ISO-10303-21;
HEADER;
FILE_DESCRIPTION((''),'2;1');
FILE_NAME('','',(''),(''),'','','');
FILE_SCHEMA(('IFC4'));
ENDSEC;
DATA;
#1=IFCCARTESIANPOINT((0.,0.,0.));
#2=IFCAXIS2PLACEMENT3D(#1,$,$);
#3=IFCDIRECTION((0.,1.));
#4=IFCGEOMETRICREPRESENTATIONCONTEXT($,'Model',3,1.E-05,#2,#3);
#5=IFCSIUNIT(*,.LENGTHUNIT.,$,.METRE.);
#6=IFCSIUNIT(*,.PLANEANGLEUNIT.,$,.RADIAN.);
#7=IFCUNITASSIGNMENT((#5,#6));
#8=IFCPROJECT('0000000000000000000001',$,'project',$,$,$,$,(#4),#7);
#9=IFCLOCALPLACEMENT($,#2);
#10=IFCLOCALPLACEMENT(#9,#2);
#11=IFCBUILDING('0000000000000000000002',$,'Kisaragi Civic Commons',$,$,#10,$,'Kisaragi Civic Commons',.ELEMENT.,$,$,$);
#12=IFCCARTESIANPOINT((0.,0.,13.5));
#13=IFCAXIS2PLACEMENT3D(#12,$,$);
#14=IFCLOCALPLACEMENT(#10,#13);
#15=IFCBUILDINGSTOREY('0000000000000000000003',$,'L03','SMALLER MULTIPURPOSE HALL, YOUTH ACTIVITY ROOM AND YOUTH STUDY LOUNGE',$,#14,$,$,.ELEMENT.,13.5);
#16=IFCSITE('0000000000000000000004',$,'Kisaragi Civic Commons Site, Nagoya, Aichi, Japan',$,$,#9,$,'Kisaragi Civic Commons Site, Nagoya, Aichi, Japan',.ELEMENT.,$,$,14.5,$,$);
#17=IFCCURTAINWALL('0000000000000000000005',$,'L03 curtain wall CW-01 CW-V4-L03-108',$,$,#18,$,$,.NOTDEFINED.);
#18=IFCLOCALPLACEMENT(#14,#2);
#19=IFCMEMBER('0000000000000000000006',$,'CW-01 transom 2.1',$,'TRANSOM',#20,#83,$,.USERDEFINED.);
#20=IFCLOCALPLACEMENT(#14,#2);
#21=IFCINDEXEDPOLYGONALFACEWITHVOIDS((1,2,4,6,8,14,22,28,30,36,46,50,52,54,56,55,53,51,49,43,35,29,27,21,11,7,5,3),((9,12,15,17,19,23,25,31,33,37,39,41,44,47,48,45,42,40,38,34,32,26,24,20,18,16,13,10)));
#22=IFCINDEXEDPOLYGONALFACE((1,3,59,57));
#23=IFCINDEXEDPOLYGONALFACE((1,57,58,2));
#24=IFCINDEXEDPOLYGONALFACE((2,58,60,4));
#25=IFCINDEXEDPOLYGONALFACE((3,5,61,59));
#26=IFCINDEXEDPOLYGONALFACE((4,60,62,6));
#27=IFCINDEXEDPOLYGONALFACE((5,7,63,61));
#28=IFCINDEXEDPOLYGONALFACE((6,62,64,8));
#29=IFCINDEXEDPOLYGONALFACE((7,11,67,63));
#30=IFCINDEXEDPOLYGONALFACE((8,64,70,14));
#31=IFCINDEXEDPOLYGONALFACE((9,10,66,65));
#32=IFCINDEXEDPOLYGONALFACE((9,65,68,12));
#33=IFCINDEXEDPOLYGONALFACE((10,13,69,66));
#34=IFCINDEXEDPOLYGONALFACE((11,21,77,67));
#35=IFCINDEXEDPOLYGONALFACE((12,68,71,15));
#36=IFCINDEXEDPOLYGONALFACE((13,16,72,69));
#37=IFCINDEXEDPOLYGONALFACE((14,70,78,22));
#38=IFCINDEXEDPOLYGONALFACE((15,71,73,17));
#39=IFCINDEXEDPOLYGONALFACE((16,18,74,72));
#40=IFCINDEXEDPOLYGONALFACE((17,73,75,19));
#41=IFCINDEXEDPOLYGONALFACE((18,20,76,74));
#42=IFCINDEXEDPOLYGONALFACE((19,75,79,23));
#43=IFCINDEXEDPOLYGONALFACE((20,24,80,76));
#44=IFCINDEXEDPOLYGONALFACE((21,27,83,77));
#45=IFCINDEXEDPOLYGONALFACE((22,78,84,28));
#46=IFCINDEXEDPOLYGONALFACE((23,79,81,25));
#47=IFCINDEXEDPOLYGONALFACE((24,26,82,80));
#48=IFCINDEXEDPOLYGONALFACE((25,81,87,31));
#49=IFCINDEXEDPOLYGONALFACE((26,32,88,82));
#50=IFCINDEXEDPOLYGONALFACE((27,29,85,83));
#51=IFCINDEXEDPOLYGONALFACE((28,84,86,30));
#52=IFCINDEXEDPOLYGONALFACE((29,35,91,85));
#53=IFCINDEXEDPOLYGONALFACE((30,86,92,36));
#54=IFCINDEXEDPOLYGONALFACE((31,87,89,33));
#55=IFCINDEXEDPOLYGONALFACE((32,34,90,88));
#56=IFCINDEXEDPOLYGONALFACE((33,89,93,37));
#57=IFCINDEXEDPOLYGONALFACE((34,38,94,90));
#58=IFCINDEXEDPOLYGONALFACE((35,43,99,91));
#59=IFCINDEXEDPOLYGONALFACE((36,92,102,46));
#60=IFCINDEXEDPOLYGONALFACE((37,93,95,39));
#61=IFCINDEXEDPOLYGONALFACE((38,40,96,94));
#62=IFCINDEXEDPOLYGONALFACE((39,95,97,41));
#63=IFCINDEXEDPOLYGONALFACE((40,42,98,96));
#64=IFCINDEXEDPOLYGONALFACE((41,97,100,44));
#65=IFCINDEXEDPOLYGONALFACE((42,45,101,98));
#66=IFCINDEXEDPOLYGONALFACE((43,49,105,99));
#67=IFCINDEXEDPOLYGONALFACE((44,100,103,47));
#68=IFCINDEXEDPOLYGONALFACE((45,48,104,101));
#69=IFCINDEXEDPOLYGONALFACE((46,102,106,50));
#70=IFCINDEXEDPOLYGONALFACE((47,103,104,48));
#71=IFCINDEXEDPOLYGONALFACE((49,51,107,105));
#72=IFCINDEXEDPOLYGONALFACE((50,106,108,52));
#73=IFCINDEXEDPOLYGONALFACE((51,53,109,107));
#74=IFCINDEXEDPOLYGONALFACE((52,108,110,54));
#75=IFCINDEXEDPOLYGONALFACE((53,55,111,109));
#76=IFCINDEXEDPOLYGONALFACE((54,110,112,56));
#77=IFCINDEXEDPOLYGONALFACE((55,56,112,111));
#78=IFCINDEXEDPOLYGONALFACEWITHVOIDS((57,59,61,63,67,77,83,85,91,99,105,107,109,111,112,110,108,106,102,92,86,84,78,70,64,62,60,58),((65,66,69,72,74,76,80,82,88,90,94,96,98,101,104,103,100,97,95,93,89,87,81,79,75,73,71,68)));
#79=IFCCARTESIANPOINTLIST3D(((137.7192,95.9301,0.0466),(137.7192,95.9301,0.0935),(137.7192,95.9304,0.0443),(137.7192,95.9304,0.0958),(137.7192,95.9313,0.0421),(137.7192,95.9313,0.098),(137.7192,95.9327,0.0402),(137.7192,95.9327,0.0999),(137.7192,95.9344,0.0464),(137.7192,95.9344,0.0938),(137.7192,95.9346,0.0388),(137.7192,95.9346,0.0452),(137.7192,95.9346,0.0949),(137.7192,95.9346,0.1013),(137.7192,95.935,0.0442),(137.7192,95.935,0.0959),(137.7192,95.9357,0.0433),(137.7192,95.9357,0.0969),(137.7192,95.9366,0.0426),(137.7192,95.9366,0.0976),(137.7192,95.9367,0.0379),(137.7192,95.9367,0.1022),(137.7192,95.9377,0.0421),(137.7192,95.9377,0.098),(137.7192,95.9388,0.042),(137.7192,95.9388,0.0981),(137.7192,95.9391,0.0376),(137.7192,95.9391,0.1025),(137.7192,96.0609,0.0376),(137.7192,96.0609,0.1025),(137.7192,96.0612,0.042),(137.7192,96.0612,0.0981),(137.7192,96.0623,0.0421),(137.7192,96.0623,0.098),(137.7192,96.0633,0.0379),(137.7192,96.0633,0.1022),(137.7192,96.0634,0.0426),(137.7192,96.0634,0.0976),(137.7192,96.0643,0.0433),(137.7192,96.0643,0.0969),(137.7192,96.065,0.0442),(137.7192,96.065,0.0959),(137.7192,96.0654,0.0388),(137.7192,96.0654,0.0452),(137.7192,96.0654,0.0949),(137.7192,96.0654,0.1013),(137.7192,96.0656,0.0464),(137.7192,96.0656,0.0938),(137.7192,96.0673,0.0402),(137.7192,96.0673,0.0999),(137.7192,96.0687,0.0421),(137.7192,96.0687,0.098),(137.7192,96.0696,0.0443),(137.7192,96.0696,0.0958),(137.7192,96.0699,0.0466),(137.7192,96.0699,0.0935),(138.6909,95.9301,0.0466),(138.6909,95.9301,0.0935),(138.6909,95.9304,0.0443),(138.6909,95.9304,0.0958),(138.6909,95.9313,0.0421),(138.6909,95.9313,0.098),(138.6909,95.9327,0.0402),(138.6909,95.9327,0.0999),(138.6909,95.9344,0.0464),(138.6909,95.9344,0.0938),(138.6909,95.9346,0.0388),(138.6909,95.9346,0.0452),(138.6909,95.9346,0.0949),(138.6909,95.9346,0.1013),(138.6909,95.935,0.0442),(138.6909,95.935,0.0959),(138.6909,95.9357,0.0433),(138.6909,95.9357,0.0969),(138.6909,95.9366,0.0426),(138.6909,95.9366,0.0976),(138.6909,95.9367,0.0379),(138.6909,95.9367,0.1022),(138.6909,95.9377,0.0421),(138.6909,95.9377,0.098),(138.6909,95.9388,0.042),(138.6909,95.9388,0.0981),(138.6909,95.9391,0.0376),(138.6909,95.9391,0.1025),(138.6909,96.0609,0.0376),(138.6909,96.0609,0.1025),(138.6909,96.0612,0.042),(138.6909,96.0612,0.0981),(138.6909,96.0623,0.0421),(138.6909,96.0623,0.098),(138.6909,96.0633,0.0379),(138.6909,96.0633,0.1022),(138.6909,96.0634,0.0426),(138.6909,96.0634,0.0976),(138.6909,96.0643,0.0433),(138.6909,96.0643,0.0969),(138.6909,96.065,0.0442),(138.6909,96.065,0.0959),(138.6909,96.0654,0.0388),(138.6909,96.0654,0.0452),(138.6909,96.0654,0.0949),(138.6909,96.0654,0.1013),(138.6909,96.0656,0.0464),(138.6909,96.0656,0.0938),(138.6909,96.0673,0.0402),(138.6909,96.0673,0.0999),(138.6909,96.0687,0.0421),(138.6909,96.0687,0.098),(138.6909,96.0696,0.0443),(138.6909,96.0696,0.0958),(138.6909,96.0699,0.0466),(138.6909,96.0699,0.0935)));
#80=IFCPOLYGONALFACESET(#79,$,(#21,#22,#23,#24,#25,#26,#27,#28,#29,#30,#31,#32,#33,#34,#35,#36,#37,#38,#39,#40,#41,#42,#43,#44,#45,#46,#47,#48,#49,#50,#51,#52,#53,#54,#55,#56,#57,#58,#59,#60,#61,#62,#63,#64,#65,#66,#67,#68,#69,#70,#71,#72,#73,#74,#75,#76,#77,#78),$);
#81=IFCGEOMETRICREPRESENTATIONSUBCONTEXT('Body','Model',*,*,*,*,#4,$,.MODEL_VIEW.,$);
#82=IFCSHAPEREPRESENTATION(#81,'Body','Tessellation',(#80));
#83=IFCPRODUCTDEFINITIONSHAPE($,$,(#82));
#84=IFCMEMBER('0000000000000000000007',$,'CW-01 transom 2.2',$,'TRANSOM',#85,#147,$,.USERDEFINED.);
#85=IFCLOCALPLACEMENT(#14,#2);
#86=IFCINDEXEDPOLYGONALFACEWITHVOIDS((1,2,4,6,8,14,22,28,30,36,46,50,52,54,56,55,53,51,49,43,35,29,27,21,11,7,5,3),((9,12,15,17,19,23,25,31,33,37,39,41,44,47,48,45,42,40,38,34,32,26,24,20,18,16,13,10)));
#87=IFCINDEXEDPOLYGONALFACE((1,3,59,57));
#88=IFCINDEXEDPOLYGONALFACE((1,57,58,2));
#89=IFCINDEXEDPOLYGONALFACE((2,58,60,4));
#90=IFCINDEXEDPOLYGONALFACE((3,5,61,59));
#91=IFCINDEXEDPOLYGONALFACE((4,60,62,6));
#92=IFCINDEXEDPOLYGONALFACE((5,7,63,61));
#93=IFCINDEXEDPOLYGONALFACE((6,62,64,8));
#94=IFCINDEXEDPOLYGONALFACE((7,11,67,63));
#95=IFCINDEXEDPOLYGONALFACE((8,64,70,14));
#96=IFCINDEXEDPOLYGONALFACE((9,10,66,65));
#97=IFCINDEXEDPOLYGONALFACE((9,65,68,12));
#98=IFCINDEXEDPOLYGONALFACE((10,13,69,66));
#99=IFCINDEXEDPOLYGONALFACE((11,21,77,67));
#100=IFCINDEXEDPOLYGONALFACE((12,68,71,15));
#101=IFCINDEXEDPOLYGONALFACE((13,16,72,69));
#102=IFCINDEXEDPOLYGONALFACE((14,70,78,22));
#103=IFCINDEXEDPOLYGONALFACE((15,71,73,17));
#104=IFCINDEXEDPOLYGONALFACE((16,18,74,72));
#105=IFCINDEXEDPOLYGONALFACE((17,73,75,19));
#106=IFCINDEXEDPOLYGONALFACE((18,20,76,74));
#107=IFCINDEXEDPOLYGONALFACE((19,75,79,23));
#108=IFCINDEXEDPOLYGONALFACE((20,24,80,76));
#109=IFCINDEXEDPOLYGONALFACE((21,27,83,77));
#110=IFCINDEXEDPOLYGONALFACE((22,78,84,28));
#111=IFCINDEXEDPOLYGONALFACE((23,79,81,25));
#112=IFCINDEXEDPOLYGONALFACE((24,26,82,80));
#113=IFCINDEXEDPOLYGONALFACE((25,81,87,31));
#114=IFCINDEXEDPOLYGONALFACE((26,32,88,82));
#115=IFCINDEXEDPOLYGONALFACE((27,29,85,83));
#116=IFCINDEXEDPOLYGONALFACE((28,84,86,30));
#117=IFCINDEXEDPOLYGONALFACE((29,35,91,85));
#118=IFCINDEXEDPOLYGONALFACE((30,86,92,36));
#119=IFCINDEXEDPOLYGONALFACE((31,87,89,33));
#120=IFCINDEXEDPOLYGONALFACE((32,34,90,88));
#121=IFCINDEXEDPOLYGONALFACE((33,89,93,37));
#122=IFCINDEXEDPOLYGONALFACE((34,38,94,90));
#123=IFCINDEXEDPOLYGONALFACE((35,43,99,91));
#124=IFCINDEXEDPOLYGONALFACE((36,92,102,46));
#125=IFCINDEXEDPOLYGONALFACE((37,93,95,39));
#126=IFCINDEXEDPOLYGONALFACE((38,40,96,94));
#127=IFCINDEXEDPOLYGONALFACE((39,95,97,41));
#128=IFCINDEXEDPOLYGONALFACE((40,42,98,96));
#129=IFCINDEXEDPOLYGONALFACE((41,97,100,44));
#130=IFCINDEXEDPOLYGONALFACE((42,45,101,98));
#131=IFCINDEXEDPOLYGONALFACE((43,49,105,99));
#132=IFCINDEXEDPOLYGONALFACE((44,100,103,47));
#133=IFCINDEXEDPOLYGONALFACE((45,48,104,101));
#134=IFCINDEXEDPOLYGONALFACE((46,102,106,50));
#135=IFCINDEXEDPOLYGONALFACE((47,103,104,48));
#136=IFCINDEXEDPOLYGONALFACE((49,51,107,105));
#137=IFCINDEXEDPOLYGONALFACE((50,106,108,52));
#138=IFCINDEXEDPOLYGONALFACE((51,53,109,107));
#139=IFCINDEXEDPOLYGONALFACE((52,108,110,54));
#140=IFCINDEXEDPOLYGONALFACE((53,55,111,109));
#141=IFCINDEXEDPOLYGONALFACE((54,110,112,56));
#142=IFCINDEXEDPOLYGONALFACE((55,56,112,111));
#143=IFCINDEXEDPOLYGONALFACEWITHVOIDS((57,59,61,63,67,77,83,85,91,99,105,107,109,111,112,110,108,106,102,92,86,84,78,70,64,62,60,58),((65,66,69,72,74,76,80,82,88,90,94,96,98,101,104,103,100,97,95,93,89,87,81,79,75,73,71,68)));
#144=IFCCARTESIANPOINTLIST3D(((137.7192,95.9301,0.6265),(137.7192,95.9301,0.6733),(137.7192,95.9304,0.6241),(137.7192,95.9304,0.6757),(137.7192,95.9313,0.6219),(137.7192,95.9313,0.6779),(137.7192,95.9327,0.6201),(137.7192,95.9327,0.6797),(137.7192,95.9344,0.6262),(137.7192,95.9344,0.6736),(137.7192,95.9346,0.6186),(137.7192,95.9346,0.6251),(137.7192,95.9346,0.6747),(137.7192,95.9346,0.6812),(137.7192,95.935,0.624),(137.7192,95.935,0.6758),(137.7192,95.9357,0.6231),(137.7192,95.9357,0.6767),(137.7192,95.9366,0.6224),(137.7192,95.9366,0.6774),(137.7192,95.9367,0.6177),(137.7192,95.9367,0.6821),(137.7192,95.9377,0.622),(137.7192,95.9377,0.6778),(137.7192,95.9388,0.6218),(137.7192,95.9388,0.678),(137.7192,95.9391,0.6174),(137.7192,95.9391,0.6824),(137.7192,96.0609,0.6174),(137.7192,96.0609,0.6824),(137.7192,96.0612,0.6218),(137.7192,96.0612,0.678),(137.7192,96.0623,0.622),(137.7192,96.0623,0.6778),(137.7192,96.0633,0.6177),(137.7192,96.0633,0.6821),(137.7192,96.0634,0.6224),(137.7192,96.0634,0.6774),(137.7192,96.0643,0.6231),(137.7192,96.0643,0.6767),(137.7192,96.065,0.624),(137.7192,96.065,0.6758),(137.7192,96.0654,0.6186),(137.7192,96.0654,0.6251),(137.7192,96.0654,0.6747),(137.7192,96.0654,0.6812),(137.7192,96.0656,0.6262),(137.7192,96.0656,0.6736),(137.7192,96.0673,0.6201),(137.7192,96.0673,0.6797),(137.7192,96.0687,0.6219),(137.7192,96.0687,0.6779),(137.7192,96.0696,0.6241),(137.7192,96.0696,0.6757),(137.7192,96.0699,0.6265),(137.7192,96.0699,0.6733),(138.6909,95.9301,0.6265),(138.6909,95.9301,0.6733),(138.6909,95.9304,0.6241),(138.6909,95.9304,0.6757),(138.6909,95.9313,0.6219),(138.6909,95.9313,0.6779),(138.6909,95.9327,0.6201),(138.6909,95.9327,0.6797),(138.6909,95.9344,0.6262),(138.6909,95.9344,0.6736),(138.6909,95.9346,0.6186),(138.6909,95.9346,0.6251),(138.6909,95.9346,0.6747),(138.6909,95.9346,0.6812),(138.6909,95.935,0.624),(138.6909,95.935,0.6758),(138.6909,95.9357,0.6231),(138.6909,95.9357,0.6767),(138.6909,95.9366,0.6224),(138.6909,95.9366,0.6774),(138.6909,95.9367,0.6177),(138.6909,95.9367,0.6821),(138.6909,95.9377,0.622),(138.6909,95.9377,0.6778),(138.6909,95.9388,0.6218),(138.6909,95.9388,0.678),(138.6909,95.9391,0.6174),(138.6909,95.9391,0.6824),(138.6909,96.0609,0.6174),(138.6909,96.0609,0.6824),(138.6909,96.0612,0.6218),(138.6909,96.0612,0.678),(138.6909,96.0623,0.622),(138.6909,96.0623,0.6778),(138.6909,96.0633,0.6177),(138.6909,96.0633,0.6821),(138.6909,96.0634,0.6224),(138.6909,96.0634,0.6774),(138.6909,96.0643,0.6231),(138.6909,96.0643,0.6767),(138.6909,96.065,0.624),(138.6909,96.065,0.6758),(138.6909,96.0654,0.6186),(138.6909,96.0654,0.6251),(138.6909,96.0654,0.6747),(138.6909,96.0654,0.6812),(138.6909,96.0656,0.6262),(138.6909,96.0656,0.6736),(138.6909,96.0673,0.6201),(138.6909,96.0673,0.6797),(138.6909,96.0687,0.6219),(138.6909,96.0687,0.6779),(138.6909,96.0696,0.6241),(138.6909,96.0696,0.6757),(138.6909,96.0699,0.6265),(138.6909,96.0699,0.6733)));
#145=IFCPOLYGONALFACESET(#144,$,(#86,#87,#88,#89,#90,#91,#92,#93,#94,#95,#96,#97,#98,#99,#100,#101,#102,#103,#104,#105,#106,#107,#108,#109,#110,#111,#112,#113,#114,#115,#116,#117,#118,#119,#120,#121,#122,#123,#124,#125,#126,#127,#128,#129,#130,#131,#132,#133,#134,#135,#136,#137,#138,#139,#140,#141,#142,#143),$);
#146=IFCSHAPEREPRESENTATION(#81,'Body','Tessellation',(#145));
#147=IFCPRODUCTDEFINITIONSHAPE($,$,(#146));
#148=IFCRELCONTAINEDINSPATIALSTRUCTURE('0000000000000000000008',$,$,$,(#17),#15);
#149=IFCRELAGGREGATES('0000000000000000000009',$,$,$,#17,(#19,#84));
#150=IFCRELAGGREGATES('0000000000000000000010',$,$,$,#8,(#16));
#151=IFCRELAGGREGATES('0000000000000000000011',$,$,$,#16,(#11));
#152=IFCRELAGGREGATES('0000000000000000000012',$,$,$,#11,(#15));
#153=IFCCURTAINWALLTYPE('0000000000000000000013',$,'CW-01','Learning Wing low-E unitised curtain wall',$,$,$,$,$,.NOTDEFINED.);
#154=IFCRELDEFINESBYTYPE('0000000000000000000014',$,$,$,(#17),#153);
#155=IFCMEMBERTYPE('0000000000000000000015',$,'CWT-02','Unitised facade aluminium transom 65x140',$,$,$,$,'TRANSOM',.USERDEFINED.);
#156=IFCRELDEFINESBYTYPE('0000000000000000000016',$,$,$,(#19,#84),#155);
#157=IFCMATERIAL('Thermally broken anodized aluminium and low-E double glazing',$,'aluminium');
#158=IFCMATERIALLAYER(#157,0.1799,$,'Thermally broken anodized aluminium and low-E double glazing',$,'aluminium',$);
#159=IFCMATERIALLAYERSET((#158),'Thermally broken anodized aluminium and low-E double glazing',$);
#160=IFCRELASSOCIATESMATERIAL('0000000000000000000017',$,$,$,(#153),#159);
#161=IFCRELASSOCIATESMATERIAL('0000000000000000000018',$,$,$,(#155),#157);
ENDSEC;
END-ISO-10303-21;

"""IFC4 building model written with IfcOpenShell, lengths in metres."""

from ifc_helpers import new_model, si_unit, direction, frame, origin, origin_2d, place, context, subcontext, project, spatial, hollow_rectangle, extrude, material, layer, layer_set, material_profile, profile_set, type_object, element, aggregate, save


model = new_model("IFC4")

# Units and contexts
model_context = context("Model", 3, precision=1e-05, world=origin(), true_north=direction((0.0, 1.0)))
body_context = subcontext(model_context, "Body", "Model", "MODEL_VIEW")
ifc_project = project(units=[si_unit("LENGTHUNIT", "METRE"), si_unit("PLANEANGLEUNIT", "RADIAN")], contexts=[model_context])

# Site, building, storey
site_placement = place(None, origin())
site = spatial("IfcSite", under=ifc_project, at=site_placement, Name="Kisaragi Civic Commons Site, Nagoya, Aichi, Japan", LongName="Kisaragi Civic Commons Site, Nagoya, Aichi, Japan", CompositionType="ELEMENT", RefElevation=14.5)
building_placement = place(site_placement, origin())
building = spatial("IfcBuilding", under=site, at=building_placement, Name="Kisaragi Civic Commons", LongName="Kisaragi Civic Commons", CompositionType="ELEMENT")
storey_placement = place(building_placement, frame((0.0, 0.0, 13.5)))
storey = spatial("IfcBuildingStorey", under=building, at=storey_placement, Name="L03", Description="SMALLER MULTIPURPOSE HALL, YOUTH ACTIVITY ROOM AND YOUTH STUDY LOUNGE", CompositionType="ELEMENT", Elevation=13.5)

# Shared definitions
ifc_material = material(Name="Thermally broken anodized aluminium and low-E double glazing", Category="aluminium")
ifc_layer_1 = layer(ifc_material, 0.1799, Name="Thermally broken anodized aluminium and low-E double glazing", Category="aluminium")
ifc_layer_set_1 = layer_set([ifc_layer_1], Name="Thermally broken anodized aluminium and low-E double glazing")
curtain_wall_type = type_object("IfcCurtainWallType", Name="CW-01", Description="Learning Wing low-E unitised curtain wall", PredefinedType="NOTDEFINED", material=ifc_layer_set_1)

# Curtain wall, members
curtain_wall_1_placement = place(storey_placement, origin())
curtain_wall_1 = element("IfcCurtainWall", 1, at=curtain_wall_1_placement, inside=storey, type_object=curtain_wall_type, Name="L03 curtain wall CW-01 CW-V4-L03-108", PredefinedType="NOTDEFINED")
ifc_material_profile_1 = material_profile(ifc_material, hollow_rectangle(XDim=0.1399, YDim=0.0649, WallThickness=0.0044, InnerFilletRadius=0.0044, OuterFilletRadius=0.009, at=origin_2d()), Name="CWT-65x140x4.5", Category="aluminium")
ifc_profile_set_1 = profile_set([ifc_material_profile_1], Name="Thermally broken anodized aluminium and low-E double glazing")
member_type_1 = type_object("IfcMemberType", Name="CWT-02", Description="Unitised facade aluminium transom 65x140", ElementType="TRANSOM", PredefinedType="USERDEFINED", material=ifc_profile_set_1)
member_1_placement = place(storey_placement, frame((138.6909, 96.0, 0.0701), z_axis=(-1.0, 0.0, 0.0), x_axis=(0.0, -1.0, 0.0)))
member_1 = element("IfcMember", 2, at=member_1_placement, type_object=member_type_1, Name="CW-01 transom 2.1", ObjectType="TRANSOM", PredefinedType="USERDEFINED", context=body_context, shape_type="SweptSolid", body=[
    extrude(hollow_rectangle(XDim=0.1399, YDim=0.0649, WallThickness=0.0044, InnerFilletRadius=0.0044, OuterFilletRadius=0.009, at=origin_2d()), origin(), (0.0, 0.0, 1.0), 0.9717),
])
member_2_placement = place(storey_placement, frame((138.6909, 96.0, 0.6499), z_axis=(-1.0, 0.0, 0.0), x_axis=(0.0, -1.0, 0.0)))
member_2 = element("IfcMember", 3, at=member_2_placement, type_object=member_type_1, Name="CW-01 transom 2.2", ObjectType="TRANSOM", PredefinedType="USERDEFINED", context=body_context, shape_type="SweptSolid", body=[
    extrude(hollow_rectangle(XDim=0.1399, YDim=0.0649, WallThickness=0.0044, InnerFilletRadius=0.0044, OuterFilletRadius=0.009, at=origin_2d()), origin(), (0.0, 0.0, 1.0), 0.9717),
])
aggregate(curtain_wall_1, [member_1, member_2])

save(model, "model.ifc")
